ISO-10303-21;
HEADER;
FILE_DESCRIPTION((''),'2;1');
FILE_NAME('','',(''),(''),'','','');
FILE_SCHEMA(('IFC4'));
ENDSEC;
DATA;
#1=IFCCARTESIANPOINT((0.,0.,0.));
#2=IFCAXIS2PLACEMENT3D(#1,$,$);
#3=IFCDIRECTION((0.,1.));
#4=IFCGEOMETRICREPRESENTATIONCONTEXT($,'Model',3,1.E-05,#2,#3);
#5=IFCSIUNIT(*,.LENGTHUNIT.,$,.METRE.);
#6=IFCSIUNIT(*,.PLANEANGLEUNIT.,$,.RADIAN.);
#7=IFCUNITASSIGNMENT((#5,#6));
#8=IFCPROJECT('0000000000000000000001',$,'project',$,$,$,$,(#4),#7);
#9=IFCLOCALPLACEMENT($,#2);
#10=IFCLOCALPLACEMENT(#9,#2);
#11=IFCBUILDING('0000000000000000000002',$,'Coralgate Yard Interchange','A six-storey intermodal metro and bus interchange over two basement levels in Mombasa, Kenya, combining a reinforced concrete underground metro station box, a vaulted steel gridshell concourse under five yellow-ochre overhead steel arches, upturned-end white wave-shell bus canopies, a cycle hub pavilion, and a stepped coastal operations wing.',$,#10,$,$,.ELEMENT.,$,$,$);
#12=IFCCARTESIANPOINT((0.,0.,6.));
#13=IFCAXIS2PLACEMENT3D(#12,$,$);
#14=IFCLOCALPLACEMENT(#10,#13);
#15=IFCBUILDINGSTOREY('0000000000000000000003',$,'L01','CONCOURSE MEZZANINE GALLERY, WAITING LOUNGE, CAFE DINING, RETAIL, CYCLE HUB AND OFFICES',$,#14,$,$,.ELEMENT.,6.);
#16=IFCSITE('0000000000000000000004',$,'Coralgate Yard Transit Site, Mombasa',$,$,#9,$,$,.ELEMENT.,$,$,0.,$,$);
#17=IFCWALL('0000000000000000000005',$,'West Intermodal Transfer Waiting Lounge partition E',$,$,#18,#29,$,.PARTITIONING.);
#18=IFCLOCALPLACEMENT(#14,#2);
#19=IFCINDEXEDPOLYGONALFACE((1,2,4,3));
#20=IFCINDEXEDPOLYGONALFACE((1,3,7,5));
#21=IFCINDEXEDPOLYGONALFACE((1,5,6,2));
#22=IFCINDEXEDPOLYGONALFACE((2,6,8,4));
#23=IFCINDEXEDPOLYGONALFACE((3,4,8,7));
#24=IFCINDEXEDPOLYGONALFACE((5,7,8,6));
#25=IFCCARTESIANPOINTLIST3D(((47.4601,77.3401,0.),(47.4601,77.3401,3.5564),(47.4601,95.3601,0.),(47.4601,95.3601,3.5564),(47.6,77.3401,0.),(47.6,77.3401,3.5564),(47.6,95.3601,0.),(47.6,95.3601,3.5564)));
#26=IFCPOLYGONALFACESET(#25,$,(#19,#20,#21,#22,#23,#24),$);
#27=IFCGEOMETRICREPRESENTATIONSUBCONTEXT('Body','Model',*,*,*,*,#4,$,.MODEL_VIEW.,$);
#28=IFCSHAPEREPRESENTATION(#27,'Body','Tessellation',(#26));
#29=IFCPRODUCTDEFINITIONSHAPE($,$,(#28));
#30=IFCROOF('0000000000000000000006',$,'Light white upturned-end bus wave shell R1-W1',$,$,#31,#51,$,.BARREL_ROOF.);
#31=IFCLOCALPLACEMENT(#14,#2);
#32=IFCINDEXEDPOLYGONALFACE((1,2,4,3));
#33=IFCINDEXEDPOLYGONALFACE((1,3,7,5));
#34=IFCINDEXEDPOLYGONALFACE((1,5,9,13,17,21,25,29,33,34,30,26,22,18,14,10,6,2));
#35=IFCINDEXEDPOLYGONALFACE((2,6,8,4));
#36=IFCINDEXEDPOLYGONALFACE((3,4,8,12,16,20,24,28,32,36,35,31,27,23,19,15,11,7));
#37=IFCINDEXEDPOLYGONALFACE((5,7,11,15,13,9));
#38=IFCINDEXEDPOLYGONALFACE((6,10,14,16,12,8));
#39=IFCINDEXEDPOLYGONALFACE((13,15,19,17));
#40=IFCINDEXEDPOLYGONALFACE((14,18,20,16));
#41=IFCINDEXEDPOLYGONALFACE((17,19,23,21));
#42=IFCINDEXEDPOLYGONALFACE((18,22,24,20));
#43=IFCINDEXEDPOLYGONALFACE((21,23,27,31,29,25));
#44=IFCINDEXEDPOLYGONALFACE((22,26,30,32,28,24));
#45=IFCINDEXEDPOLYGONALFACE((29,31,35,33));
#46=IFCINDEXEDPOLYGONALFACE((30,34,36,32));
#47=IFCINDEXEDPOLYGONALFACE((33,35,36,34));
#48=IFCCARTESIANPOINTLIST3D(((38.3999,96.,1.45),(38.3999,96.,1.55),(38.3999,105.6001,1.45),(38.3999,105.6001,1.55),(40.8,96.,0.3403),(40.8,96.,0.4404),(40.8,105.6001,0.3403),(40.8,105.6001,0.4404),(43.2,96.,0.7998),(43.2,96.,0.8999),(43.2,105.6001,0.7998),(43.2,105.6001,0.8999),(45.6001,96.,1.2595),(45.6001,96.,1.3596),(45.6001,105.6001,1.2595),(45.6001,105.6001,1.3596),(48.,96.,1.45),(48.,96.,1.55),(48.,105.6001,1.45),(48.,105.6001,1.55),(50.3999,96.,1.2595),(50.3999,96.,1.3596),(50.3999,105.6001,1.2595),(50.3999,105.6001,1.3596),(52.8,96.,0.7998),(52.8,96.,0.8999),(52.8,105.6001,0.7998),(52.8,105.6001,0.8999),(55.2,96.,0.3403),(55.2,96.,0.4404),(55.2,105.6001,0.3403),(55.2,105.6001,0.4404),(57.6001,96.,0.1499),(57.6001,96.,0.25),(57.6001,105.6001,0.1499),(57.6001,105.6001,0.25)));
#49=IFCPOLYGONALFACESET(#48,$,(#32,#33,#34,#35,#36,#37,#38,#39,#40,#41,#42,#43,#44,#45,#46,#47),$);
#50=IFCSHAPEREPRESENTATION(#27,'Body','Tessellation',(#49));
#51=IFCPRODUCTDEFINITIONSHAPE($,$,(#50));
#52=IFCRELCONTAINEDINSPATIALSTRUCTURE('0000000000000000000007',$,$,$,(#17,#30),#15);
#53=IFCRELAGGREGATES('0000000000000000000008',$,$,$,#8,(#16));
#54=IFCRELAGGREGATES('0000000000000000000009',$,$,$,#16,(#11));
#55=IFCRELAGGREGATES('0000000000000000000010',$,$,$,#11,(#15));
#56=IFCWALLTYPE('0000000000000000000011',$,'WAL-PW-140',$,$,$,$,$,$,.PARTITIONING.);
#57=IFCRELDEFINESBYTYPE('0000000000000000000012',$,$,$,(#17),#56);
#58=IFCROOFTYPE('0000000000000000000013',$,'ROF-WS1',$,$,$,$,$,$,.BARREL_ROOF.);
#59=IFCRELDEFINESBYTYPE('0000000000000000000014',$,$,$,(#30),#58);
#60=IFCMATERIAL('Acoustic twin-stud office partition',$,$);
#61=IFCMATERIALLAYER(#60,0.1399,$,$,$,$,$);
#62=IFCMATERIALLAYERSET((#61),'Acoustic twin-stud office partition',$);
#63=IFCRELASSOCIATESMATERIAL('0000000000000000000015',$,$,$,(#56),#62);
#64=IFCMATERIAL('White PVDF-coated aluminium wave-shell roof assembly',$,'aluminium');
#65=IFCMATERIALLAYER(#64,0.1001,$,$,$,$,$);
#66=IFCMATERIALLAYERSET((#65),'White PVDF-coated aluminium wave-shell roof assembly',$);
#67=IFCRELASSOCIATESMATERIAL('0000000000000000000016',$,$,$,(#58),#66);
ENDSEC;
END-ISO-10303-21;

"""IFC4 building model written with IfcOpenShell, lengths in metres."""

from ifc_helpers import new_model, si_unit, direction, frame, frame_2d, origin, place, context, subcontext, project, spatial, polyline, rectangle, outline, extrude, material, layer, layer_set, type_object, element, save


model = new_model("IFC4")

# Units and contexts
model_context = context("Model", 3, precision=1e-05, world=origin(), true_north=direction((0.0, 1.0)))
body_context = subcontext(model_context, "Body", "Model", "MODEL_VIEW")
ifc_project = project(units=[si_unit("LENGTHUNIT", "METRE"), si_unit("PLANEANGLEUNIT", "RADIAN")], contexts=[model_context])

# Site, building, storey
site_placement = place(None, origin())
site = spatial("IfcSite", under=ifc_project, at=site_placement, Name="Coralgate Yard Transit Site, Mombasa", CompositionType="ELEMENT", RefElevation=0.0)
building_placement = place(site_placement, origin())
building = spatial("IfcBuilding", under=site, at=building_placement, Name="Coralgate Yard Interchange", Description="A six-storey intermodal metro and bus interchange over two basement levels in Mombasa, Kenya, combining a reinforced concrete underground metro station box, a vaulted steel gridshell concourse under five yellow-ochre overhead steel arches, upturned-end white wave-shell bus canopies, a cycle hub pavilion, and a stepped coastal operations wing.", CompositionType="ELEMENT")
storey_placement = place(building_placement, frame((0.0, 0.0, 6.0)))
storey = spatial("IfcBuildingStorey", under=building, at=storey_placement, Name="L01", Description="CONCOURSE MEZZANINE GALLERY, WAITING LOUNGE, CAFE DINING, RETAIL, CYCLE HUB AND OFFICES", CompositionType="ELEMENT", Elevation=6.0)

# Wall
ifc_material_1 = material(Name="Acoustic twin-stud office partition")
ifc_layer_1 = layer(ifc_material_1, 0.1399)
ifc_layer_set_1 = layer_set([ifc_layer_1], Name="Acoustic twin-stud office partition")
wall_type = type_object("IfcWallType", Name="WAL-PW-140", PredefinedType="PARTITIONING", material=ifc_layer_set_1)
wall_1_placement = place(storey_placement, frame((47.53, 95.3601, 0.0), z_axis=(0.0, 0.0, 1.0), x_axis=(0.0, -1.0, 0.0)))
element("IfcWall", 1, at=wall_1_placement, inside=storey, type_object=wall_type, Name="West Intermodal Transfer Waiting Lounge partition E", PredefinedType="PARTITIONING", context=body_context, shape_type="SweptSolid", body=[
    extrude(rectangle(XDim=18.02, YDim=0.1399, at=frame_2d((9.01, 0.0))), origin(), (0.0, 0.0, 1.0), 3.5564),
])

# Roof
ifc_material_2 = material(Name="White PVDF-coated aluminium wave-shell roof assembly", Category="aluminium")
ifc_layer_2 = layer(ifc_material_2, 0.1001)
ifc_layer_set_2 = layer_set([ifc_layer_2], Name="White PVDF-coated aluminium wave-shell roof assembly")
roof_type = type_object("IfcRoofType", Name="ROF-WS1", PredefinedType="BARREL_ROOF", material=ifc_layer_set_2)
roof_placement = place(storey_placement, frame((38.3999, 96.0, 1.55), z_axis=(0.0, 1.0, 0.0), x_axis=(-1.0, 0.0, 0.0)))
element("IfcRoof", 2, at=roof_placement, inside=storey, type_object=roof_type, Name="Light white upturned-end bus wave shell R1-W1", PredefinedType="BARREL_ROOF", context=body_context, shape_type="SweptSolid", body=[
    extrude(outline(polyline([(0.0, 0.0), (-2.4001, -1.1096), (-4.8, -0.6501), (-7.2002, -0.1904), (-9.6001, 0.0), (-12.0, -0.1904), (-14.4001, -0.6501), (-16.8, -1.1096), (-19.2002, -1.3), (-19.2002, -1.4001), (-16.8, -1.2097), (-14.4001, -0.7502), (-12.0, -0.2905), (-9.6001, -0.1001), (-7.2002, -0.2905), (-4.8, -0.7502), (-2.4001, -1.2097), (0.0, -0.1001), (0.0, 0.0)])), origin(), (0.0, 0.0, 1.0), 9.6001),
])

save(model, "model.ifc")
